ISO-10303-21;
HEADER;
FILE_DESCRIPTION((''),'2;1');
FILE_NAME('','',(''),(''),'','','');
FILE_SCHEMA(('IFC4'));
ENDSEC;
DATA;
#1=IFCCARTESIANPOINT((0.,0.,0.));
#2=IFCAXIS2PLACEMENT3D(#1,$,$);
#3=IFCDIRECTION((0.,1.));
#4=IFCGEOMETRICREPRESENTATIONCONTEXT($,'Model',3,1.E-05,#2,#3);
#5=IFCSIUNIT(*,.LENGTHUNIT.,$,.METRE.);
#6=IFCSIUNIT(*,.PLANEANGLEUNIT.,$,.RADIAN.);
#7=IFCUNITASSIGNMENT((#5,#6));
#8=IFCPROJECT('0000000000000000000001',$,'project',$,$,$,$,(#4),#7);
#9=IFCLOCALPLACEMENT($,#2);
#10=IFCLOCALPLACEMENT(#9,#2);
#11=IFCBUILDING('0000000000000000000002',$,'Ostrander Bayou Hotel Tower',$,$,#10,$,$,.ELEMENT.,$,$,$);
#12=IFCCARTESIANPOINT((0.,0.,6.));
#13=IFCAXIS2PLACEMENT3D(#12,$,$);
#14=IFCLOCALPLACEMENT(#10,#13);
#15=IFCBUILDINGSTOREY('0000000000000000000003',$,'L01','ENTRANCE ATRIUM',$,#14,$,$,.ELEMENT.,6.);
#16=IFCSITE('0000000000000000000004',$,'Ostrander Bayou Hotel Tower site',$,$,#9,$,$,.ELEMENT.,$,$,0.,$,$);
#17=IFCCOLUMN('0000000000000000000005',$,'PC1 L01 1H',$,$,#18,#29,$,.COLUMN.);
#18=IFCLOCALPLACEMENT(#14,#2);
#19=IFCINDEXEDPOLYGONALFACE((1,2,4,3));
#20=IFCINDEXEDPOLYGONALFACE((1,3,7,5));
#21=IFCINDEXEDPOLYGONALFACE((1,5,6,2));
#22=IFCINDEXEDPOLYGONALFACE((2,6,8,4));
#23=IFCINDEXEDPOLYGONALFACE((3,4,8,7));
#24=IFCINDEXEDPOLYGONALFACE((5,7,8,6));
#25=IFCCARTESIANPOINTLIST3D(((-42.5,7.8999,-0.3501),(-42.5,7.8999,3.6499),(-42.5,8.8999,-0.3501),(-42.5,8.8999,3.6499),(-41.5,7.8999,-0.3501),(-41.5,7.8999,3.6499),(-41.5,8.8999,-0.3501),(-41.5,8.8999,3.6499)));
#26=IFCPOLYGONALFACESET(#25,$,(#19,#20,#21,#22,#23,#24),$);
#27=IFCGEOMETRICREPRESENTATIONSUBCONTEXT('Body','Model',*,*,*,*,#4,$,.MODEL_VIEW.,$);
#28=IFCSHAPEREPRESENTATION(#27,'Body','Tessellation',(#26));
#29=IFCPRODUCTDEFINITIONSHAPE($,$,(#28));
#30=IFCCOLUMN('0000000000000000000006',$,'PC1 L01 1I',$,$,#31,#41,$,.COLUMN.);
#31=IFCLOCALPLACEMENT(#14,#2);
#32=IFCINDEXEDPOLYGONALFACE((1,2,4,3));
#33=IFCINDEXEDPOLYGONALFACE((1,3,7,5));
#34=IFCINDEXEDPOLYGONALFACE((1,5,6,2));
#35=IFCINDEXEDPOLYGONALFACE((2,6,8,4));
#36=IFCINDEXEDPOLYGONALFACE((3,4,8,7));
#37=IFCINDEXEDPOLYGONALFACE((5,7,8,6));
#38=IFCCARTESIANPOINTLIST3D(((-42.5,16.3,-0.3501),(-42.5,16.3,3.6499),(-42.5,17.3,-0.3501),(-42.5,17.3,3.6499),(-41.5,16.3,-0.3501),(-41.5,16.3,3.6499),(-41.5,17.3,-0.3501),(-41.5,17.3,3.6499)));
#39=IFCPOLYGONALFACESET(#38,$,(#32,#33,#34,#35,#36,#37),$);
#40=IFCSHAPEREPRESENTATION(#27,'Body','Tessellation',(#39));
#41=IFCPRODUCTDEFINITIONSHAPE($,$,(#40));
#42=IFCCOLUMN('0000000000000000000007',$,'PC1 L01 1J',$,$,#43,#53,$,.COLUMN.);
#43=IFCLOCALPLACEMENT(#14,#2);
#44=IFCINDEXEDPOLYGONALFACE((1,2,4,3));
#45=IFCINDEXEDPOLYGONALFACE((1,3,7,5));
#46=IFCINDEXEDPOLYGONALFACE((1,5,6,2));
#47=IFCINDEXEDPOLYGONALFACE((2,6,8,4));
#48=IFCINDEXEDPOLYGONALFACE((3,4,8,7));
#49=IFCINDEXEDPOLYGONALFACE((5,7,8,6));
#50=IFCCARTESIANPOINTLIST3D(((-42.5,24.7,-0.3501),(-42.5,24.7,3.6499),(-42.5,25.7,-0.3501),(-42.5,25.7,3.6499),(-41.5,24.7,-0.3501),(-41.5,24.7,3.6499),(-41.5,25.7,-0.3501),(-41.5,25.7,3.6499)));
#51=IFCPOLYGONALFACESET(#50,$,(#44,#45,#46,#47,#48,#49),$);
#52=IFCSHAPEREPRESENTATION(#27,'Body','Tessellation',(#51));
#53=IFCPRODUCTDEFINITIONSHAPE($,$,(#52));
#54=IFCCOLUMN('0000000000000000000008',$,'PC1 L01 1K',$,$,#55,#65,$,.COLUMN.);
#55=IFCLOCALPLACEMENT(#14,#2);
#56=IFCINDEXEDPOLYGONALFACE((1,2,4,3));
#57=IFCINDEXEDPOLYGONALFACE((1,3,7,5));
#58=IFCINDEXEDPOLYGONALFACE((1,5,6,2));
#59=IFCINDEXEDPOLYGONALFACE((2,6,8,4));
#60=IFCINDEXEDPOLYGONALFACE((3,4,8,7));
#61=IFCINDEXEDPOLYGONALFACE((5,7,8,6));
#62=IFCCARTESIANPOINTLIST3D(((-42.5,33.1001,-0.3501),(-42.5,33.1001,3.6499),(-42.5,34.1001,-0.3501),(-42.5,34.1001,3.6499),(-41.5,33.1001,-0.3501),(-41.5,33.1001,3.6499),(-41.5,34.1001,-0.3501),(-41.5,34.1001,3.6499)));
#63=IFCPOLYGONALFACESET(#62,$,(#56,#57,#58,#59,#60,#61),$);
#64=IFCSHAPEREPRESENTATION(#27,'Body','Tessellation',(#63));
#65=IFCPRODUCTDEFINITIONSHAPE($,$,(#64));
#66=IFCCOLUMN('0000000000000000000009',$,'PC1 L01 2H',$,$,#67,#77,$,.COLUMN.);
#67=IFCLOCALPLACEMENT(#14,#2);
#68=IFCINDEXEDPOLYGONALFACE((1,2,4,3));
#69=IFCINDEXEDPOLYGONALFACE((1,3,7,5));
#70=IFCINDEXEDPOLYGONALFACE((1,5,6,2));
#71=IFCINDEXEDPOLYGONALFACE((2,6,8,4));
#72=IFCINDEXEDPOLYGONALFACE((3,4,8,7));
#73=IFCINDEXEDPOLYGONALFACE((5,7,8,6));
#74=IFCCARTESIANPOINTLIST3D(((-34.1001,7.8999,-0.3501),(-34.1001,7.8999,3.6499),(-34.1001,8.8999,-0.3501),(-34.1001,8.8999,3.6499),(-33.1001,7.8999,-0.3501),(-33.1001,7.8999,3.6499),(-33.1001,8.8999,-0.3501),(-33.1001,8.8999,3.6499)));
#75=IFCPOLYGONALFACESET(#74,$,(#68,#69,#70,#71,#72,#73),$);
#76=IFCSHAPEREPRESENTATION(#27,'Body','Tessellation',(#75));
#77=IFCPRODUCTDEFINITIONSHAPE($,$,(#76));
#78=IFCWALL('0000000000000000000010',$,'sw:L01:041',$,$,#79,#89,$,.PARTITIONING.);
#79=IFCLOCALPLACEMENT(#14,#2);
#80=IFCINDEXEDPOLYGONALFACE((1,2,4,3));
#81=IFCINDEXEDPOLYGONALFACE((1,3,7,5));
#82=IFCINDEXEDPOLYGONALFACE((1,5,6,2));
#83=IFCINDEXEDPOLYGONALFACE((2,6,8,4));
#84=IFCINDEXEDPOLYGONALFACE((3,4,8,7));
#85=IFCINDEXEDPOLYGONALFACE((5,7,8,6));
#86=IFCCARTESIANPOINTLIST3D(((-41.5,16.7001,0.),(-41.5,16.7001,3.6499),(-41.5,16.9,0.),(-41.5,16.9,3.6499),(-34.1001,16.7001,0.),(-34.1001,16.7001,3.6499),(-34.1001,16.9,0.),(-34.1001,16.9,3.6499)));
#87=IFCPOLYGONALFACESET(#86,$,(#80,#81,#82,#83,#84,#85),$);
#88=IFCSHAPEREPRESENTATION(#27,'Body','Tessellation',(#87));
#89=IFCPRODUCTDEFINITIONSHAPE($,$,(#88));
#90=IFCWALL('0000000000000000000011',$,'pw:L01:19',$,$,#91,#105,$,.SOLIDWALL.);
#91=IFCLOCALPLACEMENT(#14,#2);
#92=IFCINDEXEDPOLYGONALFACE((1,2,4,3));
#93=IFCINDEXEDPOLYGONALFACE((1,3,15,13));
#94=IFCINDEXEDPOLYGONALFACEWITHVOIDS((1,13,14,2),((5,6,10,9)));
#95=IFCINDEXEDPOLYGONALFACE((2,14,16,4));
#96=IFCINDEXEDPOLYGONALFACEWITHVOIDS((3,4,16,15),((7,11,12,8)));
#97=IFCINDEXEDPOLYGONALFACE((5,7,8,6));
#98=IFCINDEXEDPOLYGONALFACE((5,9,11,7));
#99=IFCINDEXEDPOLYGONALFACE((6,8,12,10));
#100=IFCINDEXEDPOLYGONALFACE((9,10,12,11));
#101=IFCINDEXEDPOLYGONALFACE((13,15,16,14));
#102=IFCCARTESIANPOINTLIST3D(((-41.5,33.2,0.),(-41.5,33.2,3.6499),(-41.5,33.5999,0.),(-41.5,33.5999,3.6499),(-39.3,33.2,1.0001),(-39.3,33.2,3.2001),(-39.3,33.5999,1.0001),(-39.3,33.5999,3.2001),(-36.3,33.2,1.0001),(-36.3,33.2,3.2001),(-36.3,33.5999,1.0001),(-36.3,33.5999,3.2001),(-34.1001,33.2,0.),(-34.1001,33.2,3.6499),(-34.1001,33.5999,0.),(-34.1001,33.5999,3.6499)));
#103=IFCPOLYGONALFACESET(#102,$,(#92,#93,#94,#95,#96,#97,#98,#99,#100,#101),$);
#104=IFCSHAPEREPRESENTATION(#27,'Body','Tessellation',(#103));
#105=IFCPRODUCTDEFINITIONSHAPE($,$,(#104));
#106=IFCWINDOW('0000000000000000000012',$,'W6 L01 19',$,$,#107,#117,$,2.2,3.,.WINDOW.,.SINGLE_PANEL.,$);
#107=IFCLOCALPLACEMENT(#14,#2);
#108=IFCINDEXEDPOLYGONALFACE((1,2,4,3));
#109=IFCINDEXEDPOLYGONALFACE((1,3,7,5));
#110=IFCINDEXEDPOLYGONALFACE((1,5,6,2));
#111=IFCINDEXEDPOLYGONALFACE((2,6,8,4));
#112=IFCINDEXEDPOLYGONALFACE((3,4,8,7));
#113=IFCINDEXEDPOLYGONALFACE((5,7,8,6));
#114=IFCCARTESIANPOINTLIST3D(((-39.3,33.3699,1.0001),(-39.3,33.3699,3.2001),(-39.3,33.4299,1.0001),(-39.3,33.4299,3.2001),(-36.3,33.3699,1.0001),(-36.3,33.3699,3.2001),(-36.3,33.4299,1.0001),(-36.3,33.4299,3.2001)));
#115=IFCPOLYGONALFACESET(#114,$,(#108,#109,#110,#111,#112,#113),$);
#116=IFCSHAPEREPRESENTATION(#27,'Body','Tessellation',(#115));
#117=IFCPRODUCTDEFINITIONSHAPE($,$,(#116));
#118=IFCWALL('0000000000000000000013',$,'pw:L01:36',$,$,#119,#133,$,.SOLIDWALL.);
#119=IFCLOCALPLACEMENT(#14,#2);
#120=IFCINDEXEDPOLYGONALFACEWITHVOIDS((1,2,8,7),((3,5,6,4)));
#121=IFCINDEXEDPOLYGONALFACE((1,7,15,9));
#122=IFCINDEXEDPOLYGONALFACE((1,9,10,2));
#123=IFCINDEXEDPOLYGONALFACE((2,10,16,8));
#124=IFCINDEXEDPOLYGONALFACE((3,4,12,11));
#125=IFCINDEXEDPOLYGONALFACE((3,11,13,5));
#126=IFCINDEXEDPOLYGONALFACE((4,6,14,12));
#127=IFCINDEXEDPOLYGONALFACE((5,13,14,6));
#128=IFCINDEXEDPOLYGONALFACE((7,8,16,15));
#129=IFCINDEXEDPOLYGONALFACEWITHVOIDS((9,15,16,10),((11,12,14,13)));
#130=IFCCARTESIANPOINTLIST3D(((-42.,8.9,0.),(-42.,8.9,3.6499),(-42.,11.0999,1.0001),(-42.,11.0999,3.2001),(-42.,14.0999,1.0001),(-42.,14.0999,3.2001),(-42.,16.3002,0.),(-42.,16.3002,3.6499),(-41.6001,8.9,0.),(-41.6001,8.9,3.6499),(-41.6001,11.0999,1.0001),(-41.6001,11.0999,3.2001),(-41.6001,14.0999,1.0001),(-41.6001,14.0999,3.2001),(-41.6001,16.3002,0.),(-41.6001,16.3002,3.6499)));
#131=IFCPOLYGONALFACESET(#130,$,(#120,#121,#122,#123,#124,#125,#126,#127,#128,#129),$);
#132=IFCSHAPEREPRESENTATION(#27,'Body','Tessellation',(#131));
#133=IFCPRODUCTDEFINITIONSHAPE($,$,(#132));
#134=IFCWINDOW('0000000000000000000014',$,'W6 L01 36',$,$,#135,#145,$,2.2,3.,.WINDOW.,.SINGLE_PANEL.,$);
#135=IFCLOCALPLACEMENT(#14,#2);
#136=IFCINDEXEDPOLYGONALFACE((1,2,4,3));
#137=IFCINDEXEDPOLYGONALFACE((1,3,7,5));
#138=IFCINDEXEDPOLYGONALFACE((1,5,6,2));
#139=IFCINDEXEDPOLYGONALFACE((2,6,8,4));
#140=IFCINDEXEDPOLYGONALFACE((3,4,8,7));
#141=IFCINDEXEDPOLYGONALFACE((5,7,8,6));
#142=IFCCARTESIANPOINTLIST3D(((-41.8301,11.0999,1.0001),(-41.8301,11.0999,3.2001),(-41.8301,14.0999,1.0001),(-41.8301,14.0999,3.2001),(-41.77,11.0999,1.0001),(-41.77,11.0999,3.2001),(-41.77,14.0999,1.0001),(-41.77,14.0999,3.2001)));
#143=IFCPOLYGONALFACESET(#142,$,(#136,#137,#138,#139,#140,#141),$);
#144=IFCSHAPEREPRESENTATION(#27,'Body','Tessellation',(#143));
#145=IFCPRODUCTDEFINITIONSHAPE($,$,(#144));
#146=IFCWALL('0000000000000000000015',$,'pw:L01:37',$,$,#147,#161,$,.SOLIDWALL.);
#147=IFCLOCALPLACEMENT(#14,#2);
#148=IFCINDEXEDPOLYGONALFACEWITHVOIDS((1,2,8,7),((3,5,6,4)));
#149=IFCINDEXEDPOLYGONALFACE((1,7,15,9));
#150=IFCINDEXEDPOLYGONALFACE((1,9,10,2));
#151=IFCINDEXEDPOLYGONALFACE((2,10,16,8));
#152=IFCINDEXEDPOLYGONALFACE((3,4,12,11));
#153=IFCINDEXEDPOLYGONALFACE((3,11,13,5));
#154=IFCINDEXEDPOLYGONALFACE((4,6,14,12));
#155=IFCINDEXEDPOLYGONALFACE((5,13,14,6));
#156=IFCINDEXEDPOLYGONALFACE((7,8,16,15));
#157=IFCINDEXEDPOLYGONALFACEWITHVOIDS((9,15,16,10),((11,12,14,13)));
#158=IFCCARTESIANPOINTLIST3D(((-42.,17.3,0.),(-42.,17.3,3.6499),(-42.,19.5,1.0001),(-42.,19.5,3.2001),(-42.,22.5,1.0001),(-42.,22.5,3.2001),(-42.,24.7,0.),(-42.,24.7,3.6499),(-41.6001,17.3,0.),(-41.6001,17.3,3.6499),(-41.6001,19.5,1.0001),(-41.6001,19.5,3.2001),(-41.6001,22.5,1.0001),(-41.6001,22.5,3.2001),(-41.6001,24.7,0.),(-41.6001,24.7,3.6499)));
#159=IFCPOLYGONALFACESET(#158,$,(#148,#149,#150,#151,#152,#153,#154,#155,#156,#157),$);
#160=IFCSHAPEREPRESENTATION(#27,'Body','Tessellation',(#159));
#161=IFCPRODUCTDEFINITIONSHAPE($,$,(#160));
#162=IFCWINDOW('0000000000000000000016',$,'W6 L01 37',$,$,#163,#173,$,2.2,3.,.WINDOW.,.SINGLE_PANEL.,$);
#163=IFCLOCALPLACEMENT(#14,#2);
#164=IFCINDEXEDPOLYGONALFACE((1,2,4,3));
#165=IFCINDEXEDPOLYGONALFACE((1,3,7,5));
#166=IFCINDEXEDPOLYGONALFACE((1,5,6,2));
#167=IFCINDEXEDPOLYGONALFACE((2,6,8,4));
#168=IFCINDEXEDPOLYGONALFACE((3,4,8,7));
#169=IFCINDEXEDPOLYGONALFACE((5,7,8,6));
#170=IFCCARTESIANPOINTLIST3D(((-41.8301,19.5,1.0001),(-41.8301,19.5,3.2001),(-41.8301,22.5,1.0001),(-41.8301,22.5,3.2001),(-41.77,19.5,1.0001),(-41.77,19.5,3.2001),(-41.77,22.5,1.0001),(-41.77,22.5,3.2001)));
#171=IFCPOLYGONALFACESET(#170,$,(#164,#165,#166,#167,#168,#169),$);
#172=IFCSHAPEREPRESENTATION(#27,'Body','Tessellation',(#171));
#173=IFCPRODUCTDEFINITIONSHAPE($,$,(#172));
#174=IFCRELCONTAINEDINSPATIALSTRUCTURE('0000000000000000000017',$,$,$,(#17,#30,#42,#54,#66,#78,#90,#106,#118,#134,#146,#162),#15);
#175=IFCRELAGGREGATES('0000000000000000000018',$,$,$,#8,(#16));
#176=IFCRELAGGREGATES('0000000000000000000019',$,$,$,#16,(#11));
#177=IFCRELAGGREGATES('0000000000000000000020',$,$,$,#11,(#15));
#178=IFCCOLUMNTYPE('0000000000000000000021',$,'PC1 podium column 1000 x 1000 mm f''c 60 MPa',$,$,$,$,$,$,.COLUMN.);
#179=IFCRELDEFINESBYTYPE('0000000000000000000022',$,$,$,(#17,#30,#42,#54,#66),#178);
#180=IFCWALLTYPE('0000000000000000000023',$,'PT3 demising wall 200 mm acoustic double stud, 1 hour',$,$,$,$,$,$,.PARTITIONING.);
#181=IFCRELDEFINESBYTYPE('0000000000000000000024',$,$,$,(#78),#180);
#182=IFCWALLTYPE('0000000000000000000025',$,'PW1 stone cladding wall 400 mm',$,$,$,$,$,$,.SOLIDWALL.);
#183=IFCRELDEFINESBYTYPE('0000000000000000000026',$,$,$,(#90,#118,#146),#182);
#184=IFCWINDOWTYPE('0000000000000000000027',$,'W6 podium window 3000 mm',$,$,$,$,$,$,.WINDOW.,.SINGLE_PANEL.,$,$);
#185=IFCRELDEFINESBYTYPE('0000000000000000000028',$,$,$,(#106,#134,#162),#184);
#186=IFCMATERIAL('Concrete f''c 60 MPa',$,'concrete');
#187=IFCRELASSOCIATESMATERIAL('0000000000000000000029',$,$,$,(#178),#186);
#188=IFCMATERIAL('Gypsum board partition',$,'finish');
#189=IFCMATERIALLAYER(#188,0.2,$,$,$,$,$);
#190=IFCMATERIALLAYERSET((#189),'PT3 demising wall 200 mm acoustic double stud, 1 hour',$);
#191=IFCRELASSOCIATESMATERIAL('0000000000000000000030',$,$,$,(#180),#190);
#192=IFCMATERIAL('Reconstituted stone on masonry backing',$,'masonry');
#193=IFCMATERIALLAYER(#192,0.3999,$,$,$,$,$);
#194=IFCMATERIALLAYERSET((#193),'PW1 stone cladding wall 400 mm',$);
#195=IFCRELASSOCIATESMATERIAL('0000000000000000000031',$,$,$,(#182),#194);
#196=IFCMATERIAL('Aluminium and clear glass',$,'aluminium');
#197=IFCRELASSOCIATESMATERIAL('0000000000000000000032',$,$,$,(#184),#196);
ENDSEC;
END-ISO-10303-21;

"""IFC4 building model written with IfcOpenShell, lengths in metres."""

from ifc_helpers import new_model, si_unit, direction, frame, frame_2d, origin, origin_2d, place, context, subcontext, project, spatial, rectangle, extrude, material, layer, layer_set, material_profile, profile_set, type_object, element, fill, save


model = new_model("IFC4")

# Units and contexts
model_context = context("Model", 3, precision=1e-05, world=origin(), true_north=direction((0.0, 1.0)))
body_context = subcontext(model_context, "Body", "Model", "MODEL_VIEW")
ifc_project = project(units=[si_unit("LENGTHUNIT", "METRE"), si_unit("PLANEANGLEUNIT", "RADIAN")], contexts=[model_context])

# Site, building, storey
site_placement = place(None, origin())
site = spatial("IfcSite", under=ifc_project, at=site_placement, Name="Ostrander Bayou Hotel Tower site", CompositionType="ELEMENT", RefElevation=0.0)
building_placement = place(site_placement, origin())
building = spatial("IfcBuilding", under=site, at=building_placement, Name="Ostrander Bayou Hotel Tower", CompositionType="ELEMENT")
storey_placement = place(building_placement, frame((0.0, 0.0, 6.0)))
storey = spatial("IfcBuildingStorey", under=building, at=storey_placement, Name="L01", Description="ENTRANCE ATRIUM", CompositionType="ELEMENT", Elevation=6.0)

# Columns
ifc_material_1 = material(Name="Concrete f'c 60 MPa", Category="concrete")
ifc_material_profile = material_profile(ifc_material_1, rectangle(XDim=1.0, YDim=1.0, at=origin_2d()))
ifc_profile_set = profile_set([ifc_material_profile], Name="Concrete f'c 60 MPa")
column_type = type_object("IfcColumnType", Name="PC1 podium column 1000 x 1000 mm f'c 60 MPa", PredefinedType="COLUMN", material=ifc_profile_set)
for number, where, z_axis, x_axis, name in (
    (1, (-42.0, 8.3999, -0.3501), (0.0, 0.0, 1.0), (1.0, 0.0, 0.0), "PC1 L01 1H"),
    (2, (-42.0, 16.8, -0.3501), (0.0, 0.0, 1.0), (1.0, 0.0, 0.0), "PC1 L01 1I"),
    (3, (-42.0, 25.2, -0.3501), (0.0, 0.0, 1.0), (1.0, 0.0, 0.0), "PC1 L01 1J"),
    (4, (-42.0, 33.6001, -0.3501), (0.0, 0.0, 1.0), (1.0, 0.0, 0.0), "PC1 L01 1K"),
    (5, (-33.6001, 8.3999, -0.3501), (0.0, 0.0, 1.0), (1.0, 0.0, 0.0), "PC1 L01 2H"),
):
    element("IfcColumn", number, at=place(storey_placement, frame(where, z_axis=z_axis, x_axis=x_axis)), inside=storey, type_object=column_type, Name=name, PredefinedType="COLUMN", context=body_context, shape_type="SweptSolid", body=[
        extrude(rectangle(XDim=1.0, YDim=1.0, at=origin_2d()), origin(), (0.0, 0.0, 1.0), 4.0),
    ])

# Wall
ifc_material_2 = material(Name="Gypsum board partition", Category="finish")
ifc_layer_1 = layer(ifc_material_2, 0.2)
ifc_layer_set_1 = layer_set([ifc_layer_1], Name="PT3 demising wall 200 mm acoustic double stud, 1 hour")
wall_type_1 = type_object("IfcWallType", Name="PT3 demising wall 200 mm acoustic double stud, 1 hour", PredefinedType="PARTITIONING", material=ifc_layer_set_1)
wall_1_placement = place(storey_placement, frame((-41.5, 16.8, 0.0), z_axis=(0.0, 0.0, 1.0), x_axis=(1.0, 0.0, 0.0)))
element("IfcWall", 6, at=wall_1_placement, inside=storey, type_object=wall_type_1, Name="sw:L01:041", PredefinedType="PARTITIONING", context=body_context, shape_type="SweptSolid", body=[
    extrude(rectangle(XDim=7.3999, YDim=0.2, at=frame_2d((3.7, 0.0))), origin(), (0.0, 0.0, 1.0), 3.6499),
])

# Walls, openings, windows
ifc_material_3 = material(Name="Reconstituted stone on masonry backing", Category="masonry")
ifc_layer_2 = layer(ifc_material_3, 0.3999)
ifc_layer_set_2 = layer_set([ifc_layer_2], Name="PW1 stone cladding wall 400 mm")
wall_type_2 = type_object("IfcWallType", Name="PW1 stone cladding wall 400 mm", PredefinedType="SOLIDWALL", material=ifc_layer_set_2)
wall_2_placement = place(storey_placement, frame((-41.5, 33.3999, 0.0), z_axis=(0.0, 0.0, 1.0), x_axis=(1.0, 0.0, 0.0)))
wall_2 = element("IfcWall", 7, at=wall_2_placement, inside=storey, type_object=wall_type_2, Name="pw:L01:19", PredefinedType="SOLIDWALL", context=body_context, shape_type="SweptSolid", body=[
    extrude(rectangle(XDim=7.3999, YDim=0.3999, at=frame_2d((3.7, 0.0))), origin(), (0.0, 0.0, 1.0), 3.6499),
])
opening_1_placement = place(wall_2_placement, frame((2.2, 0.0, 1.0)))
opening_1 = element("IfcOpeningElement", 8, at=opening_1_placement, cuts=wall_2, PredefinedType="OPENING", context=body_context, shape_type="SweptSolid", body=[
    extrude(rectangle(XDim=3.0, YDim=2.2, at=frame_2d((1.5, 1.1001))), frame((0.0, 0.2, 0.0), z_axis=(0.0, -1.0, 0.0), x_axis=(1.0, 0.0, 0.0)), (0.0, 0.0, 1.0), 0.3999),
])
ifc_material_4 = material(Name="Aluminium and clear glass", Category="aluminium")
window_type = type_object("IfcWindowType", Name="W6 podium window 3000 mm", PartitioningType="SINGLE_PANEL", PredefinedType="WINDOW", material=ifc_material_4)
window_1_placement = place(opening_1_placement, origin())
window_1 = element("IfcWindow", 9, at=window_1_placement, inside=storey, type_object=window_type, Name="W6 L01 19", OverallHeight=2.2, OverallWidth=3.0, PartitioningType="SINGLE_PANEL", PredefinedType="WINDOW", context=body_context, shape_type="SweptSolid", body=[
    extrude(rectangle(XDim=3.0, YDim=2.2, at=frame_2d((1.5, 1.1001))), frame((0.0, 0.03, 0.0), z_axis=(0.0, -1.0, 0.0), x_axis=(1.0, 0.0, 0.0)), (0.0, 0.0, 1.0), 0.0601),
])
fill(opening_1, window_1)
wall_3_placement = place(storey_placement, frame((-41.8, 8.8999, 0.0), z_axis=(0.0, 0.0, 1.0), x_axis=(0.0, 1.0, 0.0)))
wall_3 = element("IfcWall", 10, at=wall_3_placement, inside=storey, type_object=wall_type_2, Name="pw:L01:36", PredefinedType="SOLIDWALL", context=body_context, shape_type="SweptSolid", body=[
    extrude(rectangle(XDim=7.4001, YDim=0.3999, at=frame_2d((3.7002, 0.0))), origin(), (0.0, 0.0, 1.0), 3.6499),
])
opening_2_placement = place(wall_3_placement, frame((2.2, 0.0, 1.0)))
opening_2 = element("IfcOpeningElement", 11, at=opening_2_placement, cuts=wall_3, PredefinedType="OPENING", context=body_context, shape_type="SweptSolid", body=[
    extrude(rectangle(XDim=3.0, YDim=2.2, at=frame_2d((1.5, 1.1001))), frame((0.0, 0.2, 0.0), z_axis=(0.0, -1.0, 0.0), x_axis=(1.0, 0.0, 0.0)), (0.0, 0.0, 1.0), 0.3999),
])
window_2_placement = place(opening_2_placement, origin())
window_2 = element("IfcWindow", 12, at=window_2_placement, inside=storey, type_object=window_type, Name="W6 L01 36", OverallHeight=2.2, OverallWidth=3.0, PartitioningType="SINGLE_PANEL", PredefinedType="WINDOW", context=body_context, shape_type="SweptSolid", body=[
    extrude(rectangle(XDim=3.0, YDim=2.2, at=frame_2d((1.5, 1.1001))), frame((0.0, 0.03, 0.0), z_axis=(0.0, -1.0, 0.0), x_axis=(1.0, 0.0, 0.0)), (0.0, 0.0, 1.0), 0.0601),
])
fill(opening_2, window_2)
wall_4_placement = place(storey_placement, frame((-41.8, 17.3, 0.0), z_axis=(0.0, 0.0, 1.0), x_axis=(0.0, 1.0, 0.0)))
wall_4 = element("IfcWall", 13, at=wall_4_placement, inside=storey, type_object=wall_type_2, Name="pw:L01:37", PredefinedType="SOLIDWALL", context=body_context, shape_type="SweptSolid", body=[
    extrude(rectangle(XDim=7.3999, YDim=0.3999, at=frame_2d((3.7, 0.0))), origin(), (0.0, 0.0, 1.0), 3.6499),
])
opening_3_placement = place(wall_4_placement, frame((2.2, 0.0, 1.0)))
opening_3 = element("IfcOpeningElement", 14, at=opening_3_placement, cuts=wall_4, PredefinedType="OPENING", context=body_context, shape_type="SweptSolid", body=[
    extrude(rectangle(XDim=3.0, YDim=2.2, at=frame_2d((1.5, 1.1001))), frame((0.0, 0.2, 0.0), z_axis=(0.0, -1.0, 0.0), x_axis=(1.0, 0.0, 0.0)), (0.0, 0.0, 1.0), 0.3999),
])
window_3_placement = place(opening_3_placement, origin())
window_3 = element("IfcWindow", 15, at=window_3_placement, inside=storey, type_object=window_type, Name="W6 L01 37", OverallHeight=2.2, OverallWidth=3.0, PartitioningType="SINGLE_PANEL", PredefinedType="WINDOW", context=body_context, shape_type="SweptSolid", body=[
    extrude(rectangle(XDim=3.0, YDim=2.2, at=frame_2d((1.5, 1.1001))), frame((0.0, 0.03, 0.0), z_axis=(0.0, -1.0, 0.0), x_axis=(1.0, 0.0, 0.0)), (0.0, 0.0, 1.0), 0.0601),
])
fill(opening_3, window_3)

save(model, "model.ifc")
